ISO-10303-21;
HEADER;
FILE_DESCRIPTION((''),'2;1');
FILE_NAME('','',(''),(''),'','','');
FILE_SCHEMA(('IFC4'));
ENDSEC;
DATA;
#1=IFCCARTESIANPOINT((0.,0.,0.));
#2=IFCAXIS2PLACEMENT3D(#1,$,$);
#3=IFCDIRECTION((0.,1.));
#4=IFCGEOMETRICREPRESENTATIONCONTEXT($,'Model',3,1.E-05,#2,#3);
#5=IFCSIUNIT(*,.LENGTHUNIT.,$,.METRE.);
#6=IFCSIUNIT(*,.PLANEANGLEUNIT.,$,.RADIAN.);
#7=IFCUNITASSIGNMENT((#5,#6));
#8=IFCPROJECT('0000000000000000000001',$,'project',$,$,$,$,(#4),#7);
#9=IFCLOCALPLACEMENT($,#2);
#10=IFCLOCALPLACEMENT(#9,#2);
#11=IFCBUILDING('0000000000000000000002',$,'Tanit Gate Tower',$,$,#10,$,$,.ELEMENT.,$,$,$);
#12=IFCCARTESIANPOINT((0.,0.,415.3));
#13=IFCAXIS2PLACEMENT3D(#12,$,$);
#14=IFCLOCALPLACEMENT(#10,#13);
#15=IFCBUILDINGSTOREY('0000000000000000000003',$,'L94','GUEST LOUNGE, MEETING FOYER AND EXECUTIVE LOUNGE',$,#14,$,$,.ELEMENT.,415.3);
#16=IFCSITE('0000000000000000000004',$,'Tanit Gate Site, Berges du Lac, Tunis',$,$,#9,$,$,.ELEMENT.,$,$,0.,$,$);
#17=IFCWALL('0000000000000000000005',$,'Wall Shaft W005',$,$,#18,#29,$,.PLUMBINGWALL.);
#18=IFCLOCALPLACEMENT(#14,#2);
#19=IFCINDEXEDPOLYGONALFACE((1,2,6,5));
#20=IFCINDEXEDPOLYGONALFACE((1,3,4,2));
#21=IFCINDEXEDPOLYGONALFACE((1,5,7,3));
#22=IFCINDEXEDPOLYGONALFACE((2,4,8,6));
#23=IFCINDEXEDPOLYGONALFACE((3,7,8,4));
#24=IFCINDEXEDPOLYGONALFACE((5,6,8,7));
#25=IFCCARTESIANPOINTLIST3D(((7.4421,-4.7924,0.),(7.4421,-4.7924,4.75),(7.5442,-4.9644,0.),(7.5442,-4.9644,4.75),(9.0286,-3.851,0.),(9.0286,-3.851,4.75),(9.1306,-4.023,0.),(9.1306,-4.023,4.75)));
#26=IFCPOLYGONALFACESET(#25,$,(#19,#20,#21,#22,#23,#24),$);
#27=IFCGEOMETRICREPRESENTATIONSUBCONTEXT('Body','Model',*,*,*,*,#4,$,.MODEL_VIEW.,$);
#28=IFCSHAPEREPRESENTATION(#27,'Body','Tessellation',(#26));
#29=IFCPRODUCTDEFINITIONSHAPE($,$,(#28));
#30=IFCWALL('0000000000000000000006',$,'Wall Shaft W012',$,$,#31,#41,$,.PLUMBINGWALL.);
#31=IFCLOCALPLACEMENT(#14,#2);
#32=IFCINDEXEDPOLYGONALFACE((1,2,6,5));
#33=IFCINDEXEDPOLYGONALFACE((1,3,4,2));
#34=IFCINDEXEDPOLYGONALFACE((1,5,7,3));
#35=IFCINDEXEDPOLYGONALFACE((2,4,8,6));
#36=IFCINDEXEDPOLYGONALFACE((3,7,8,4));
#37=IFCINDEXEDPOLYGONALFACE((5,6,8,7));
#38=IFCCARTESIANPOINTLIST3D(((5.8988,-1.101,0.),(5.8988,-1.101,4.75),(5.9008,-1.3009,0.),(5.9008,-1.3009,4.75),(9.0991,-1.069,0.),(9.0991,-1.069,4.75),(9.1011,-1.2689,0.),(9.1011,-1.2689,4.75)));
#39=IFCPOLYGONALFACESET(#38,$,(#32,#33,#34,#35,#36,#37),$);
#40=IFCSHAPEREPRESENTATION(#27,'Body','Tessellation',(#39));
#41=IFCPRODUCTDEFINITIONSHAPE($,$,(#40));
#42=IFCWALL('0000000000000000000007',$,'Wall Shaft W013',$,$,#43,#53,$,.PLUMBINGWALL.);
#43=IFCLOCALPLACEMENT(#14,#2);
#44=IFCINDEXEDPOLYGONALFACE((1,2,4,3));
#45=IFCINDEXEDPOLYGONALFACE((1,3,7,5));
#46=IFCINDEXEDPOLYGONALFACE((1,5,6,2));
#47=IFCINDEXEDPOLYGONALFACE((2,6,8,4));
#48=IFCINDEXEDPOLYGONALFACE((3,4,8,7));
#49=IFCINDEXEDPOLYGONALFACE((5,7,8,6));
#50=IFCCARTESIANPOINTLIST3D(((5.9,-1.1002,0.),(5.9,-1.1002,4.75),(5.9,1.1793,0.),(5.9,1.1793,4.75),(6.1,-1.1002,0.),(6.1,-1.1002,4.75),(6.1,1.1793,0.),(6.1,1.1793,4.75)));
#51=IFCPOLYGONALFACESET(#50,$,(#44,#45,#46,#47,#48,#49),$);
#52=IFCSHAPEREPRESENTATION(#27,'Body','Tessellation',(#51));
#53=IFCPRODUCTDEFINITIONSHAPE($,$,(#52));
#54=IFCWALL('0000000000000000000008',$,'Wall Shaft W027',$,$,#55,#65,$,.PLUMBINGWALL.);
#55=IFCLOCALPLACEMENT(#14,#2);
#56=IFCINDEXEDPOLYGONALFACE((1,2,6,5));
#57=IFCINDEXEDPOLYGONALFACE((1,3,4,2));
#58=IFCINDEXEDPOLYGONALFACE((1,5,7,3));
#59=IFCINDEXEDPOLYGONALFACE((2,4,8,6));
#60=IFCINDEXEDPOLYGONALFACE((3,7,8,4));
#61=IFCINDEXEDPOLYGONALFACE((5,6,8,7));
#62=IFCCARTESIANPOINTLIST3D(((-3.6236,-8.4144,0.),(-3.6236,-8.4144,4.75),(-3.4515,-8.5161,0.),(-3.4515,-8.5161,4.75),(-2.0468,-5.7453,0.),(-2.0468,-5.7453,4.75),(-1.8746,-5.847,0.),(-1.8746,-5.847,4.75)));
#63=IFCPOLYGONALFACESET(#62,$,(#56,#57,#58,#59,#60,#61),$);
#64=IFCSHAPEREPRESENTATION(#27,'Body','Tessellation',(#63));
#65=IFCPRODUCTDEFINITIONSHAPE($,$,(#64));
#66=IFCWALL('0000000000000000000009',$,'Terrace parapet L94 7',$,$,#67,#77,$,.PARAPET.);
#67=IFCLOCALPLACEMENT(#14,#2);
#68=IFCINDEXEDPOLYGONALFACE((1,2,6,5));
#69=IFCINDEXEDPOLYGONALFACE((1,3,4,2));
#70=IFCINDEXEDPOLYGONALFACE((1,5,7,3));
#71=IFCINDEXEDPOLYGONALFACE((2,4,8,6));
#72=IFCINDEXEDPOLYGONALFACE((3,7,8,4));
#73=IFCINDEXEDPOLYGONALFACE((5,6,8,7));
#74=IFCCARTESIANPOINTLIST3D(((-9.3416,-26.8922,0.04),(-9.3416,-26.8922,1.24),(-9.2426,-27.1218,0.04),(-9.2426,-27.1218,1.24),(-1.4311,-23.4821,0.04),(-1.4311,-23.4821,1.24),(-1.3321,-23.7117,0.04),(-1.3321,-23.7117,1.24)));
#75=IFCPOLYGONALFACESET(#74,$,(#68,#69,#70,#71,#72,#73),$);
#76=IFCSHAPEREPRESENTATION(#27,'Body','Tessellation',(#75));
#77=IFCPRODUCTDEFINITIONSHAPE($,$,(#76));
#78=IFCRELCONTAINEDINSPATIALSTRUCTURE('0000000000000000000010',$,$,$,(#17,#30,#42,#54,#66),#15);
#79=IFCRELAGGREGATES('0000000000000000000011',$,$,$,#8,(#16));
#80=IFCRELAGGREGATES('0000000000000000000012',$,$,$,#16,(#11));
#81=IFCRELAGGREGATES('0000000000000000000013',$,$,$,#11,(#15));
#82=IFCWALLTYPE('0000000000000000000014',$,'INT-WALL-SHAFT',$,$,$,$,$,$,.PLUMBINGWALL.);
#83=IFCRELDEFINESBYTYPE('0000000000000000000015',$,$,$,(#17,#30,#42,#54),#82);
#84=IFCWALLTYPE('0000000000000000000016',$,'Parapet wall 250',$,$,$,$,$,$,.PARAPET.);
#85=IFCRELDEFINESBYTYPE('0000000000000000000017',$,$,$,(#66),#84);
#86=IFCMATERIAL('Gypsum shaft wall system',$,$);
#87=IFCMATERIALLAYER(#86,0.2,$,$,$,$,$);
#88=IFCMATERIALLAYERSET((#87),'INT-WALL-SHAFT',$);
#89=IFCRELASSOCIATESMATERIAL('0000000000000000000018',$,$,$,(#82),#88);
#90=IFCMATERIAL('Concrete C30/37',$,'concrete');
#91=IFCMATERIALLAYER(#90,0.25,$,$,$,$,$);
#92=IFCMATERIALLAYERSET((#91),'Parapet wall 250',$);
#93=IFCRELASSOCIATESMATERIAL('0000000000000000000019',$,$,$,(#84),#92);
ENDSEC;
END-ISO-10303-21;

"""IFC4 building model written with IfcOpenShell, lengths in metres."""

from ifc_helpers import new_model, si_unit, direction, frame, frame_2d, origin, place, context, subcontext, project, spatial, rectangle, extrude, material, layer, layer_set, type_object, element, save


model = new_model("IFC4")

# Units and contexts
model_context = context("Model", 3, precision=1e-05, world=origin(), true_north=direction((0.0, 1.0)))
body_context = subcontext(model_context, "Body", "Model", "MODEL_VIEW")
ifc_project = project(units=[si_unit("LENGTHUNIT", "METRE"), si_unit("PLANEANGLEUNIT", "RADIAN")], contexts=[model_context])

# Site, building, storey
site_placement = place(None, origin())
site = spatial("IfcSite", under=ifc_project, at=site_placement, Name="Tanit Gate Site, Berges du Lac, Tunis", CompositionType="ELEMENT", RefElevation=0.0)
building_placement = place(site_placement, origin())
building = spatial("IfcBuilding", under=site, at=building_placement, Name="Tanit Gate Tower", CompositionType="ELEMENT")
storey_placement = place(building_placement, frame((0.0, 0.0, 415.3)))
storey = spatial("IfcBuildingStorey", under=building, at=storey_placement, Name="L94", Description="GUEST LOUNGE, MEETING FOYER AND EXECUTIVE LOUNGE", CompositionType="ELEMENT", Elevation=415.3)

# Walls
ifc_material_1 = material(Name="Gypsum shaft wall system")
ifc_layer_1 = layer(ifc_material_1, 0.2)
ifc_layer_set_1 = layer_set([ifc_layer_1], Name="INT-WALL-SHAFT")
wall_type_1 = type_object("IfcWallType", Name="INT-WALL-SHAFT", PredefinedType="PLUMBINGWALL", material=ifc_layer_set_1)
wall_1_placement = place(storey_placement, frame((7.4932, -4.8784, 0.0), z_axis=(0.0, 0.0, 1.0), x_axis=(0.859982, 0.510325, 0.0)))
element("IfcWall", 1, at=wall_1_placement, inside=storey, type_object=wall_type_1, Name="Wall Shaft W005", PredefinedType="PLUMBINGWALL", context=body_context, shape_type="SweptSolid", body=[
    extrude(rectangle(XDim=1.8447, YDim=0.2, at=frame_2d((0.9224, 0.0))), origin(), (0.0, 0.0, 1.0), 4.75),
])
wall_2_placement = place(storey_placement, frame((5.8999, -1.2009, 0.0), z_axis=(0.0, 0.0, 1.0), x_axis=(0.99995, 0.009993, 0.0)))
element("IfcWall", 2, at=wall_2_placement, inside=storey, type_object=wall_type_1, Name="Wall Shaft W012", PredefinedType="PLUMBINGWALL", context=body_context, shape_type="SweptSolid", body=[
    extrude(rectangle(XDim=3.2004, YDim=0.2, at=frame_2d((1.6001, 0.0))), origin(), (0.0, 0.0, 1.0), 4.75),
])
wall_3_placement = place(storey_placement, frame((6.0, -1.1001, 0.0), z_axis=(0.0, 0.0, 1.0), x_axis=(0.0, 1.0, 0.0)))
element("IfcWall", 3, at=wall_3_placement, inside=storey, type_object=wall_type_1, Name="Wall Shaft W013", PredefinedType="PLUMBINGWALL", context=body_context, shape_type="SweptSolid", body=[
    extrude(rectangle(XDim=2.2795, YDim=0.2, at=frame_2d((1.1396, 0.0))), origin(), (0.0, 0.0, 1.0), 4.75),
])
wall_4_placement = place(storey_placement, frame((-1.9607, -5.7961, 0.0), z_axis=(0.0, 0.0, 1.0), x_axis=(-0.508647, -0.860975, 0.0)))
element("IfcWall", 4, at=wall_4_placement, inside=storey, type_object=wall_type_1, Name="Wall Shaft W027", PredefinedType="PLUMBINGWALL", context=body_context, shape_type="SweptSolid", body=[
    extrude(rectangle(XDim=3.1001, YDim=0.2, at=frame_2d((1.55, 0.0))), origin(), (0.0, 0.0, 1.0), 4.75),
])
ifc_material_2 = material(Name="Concrete C30/37", Category="concrete")
ifc_layer_2 = layer(ifc_material_2, 0.25)
ifc_layer_set_2 = layer_set([ifc_layer_2], Name="Parapet wall 250")
wall_type_2 = type_object("IfcWallType", Name="Parapet wall 250", PredefinedType="PARAPET", material=ifc_layer_set_2)
wall_5_placement = place(storey_placement, frame((-1.3816, -23.5969, 0.04), z_axis=(0.0, 0.0, 1.0), x_axis=(-0.918307, -0.395868, 0.0)))
element("IfcWall", 5, at=wall_5_placement, inside=storey, type_object=wall_type_2, Name="Terrace parapet L94 7", PredefinedType="PARAPET", context=body_context, shape_type="SweptSolid", body=[
    extrude(rectangle(XDim=8.6143, YDim=0.25, at=frame_2d((4.3071, 0.0))), origin(), (0.0, 0.0, 1.0), 1.2),
])

save(model, "model.ifc")
